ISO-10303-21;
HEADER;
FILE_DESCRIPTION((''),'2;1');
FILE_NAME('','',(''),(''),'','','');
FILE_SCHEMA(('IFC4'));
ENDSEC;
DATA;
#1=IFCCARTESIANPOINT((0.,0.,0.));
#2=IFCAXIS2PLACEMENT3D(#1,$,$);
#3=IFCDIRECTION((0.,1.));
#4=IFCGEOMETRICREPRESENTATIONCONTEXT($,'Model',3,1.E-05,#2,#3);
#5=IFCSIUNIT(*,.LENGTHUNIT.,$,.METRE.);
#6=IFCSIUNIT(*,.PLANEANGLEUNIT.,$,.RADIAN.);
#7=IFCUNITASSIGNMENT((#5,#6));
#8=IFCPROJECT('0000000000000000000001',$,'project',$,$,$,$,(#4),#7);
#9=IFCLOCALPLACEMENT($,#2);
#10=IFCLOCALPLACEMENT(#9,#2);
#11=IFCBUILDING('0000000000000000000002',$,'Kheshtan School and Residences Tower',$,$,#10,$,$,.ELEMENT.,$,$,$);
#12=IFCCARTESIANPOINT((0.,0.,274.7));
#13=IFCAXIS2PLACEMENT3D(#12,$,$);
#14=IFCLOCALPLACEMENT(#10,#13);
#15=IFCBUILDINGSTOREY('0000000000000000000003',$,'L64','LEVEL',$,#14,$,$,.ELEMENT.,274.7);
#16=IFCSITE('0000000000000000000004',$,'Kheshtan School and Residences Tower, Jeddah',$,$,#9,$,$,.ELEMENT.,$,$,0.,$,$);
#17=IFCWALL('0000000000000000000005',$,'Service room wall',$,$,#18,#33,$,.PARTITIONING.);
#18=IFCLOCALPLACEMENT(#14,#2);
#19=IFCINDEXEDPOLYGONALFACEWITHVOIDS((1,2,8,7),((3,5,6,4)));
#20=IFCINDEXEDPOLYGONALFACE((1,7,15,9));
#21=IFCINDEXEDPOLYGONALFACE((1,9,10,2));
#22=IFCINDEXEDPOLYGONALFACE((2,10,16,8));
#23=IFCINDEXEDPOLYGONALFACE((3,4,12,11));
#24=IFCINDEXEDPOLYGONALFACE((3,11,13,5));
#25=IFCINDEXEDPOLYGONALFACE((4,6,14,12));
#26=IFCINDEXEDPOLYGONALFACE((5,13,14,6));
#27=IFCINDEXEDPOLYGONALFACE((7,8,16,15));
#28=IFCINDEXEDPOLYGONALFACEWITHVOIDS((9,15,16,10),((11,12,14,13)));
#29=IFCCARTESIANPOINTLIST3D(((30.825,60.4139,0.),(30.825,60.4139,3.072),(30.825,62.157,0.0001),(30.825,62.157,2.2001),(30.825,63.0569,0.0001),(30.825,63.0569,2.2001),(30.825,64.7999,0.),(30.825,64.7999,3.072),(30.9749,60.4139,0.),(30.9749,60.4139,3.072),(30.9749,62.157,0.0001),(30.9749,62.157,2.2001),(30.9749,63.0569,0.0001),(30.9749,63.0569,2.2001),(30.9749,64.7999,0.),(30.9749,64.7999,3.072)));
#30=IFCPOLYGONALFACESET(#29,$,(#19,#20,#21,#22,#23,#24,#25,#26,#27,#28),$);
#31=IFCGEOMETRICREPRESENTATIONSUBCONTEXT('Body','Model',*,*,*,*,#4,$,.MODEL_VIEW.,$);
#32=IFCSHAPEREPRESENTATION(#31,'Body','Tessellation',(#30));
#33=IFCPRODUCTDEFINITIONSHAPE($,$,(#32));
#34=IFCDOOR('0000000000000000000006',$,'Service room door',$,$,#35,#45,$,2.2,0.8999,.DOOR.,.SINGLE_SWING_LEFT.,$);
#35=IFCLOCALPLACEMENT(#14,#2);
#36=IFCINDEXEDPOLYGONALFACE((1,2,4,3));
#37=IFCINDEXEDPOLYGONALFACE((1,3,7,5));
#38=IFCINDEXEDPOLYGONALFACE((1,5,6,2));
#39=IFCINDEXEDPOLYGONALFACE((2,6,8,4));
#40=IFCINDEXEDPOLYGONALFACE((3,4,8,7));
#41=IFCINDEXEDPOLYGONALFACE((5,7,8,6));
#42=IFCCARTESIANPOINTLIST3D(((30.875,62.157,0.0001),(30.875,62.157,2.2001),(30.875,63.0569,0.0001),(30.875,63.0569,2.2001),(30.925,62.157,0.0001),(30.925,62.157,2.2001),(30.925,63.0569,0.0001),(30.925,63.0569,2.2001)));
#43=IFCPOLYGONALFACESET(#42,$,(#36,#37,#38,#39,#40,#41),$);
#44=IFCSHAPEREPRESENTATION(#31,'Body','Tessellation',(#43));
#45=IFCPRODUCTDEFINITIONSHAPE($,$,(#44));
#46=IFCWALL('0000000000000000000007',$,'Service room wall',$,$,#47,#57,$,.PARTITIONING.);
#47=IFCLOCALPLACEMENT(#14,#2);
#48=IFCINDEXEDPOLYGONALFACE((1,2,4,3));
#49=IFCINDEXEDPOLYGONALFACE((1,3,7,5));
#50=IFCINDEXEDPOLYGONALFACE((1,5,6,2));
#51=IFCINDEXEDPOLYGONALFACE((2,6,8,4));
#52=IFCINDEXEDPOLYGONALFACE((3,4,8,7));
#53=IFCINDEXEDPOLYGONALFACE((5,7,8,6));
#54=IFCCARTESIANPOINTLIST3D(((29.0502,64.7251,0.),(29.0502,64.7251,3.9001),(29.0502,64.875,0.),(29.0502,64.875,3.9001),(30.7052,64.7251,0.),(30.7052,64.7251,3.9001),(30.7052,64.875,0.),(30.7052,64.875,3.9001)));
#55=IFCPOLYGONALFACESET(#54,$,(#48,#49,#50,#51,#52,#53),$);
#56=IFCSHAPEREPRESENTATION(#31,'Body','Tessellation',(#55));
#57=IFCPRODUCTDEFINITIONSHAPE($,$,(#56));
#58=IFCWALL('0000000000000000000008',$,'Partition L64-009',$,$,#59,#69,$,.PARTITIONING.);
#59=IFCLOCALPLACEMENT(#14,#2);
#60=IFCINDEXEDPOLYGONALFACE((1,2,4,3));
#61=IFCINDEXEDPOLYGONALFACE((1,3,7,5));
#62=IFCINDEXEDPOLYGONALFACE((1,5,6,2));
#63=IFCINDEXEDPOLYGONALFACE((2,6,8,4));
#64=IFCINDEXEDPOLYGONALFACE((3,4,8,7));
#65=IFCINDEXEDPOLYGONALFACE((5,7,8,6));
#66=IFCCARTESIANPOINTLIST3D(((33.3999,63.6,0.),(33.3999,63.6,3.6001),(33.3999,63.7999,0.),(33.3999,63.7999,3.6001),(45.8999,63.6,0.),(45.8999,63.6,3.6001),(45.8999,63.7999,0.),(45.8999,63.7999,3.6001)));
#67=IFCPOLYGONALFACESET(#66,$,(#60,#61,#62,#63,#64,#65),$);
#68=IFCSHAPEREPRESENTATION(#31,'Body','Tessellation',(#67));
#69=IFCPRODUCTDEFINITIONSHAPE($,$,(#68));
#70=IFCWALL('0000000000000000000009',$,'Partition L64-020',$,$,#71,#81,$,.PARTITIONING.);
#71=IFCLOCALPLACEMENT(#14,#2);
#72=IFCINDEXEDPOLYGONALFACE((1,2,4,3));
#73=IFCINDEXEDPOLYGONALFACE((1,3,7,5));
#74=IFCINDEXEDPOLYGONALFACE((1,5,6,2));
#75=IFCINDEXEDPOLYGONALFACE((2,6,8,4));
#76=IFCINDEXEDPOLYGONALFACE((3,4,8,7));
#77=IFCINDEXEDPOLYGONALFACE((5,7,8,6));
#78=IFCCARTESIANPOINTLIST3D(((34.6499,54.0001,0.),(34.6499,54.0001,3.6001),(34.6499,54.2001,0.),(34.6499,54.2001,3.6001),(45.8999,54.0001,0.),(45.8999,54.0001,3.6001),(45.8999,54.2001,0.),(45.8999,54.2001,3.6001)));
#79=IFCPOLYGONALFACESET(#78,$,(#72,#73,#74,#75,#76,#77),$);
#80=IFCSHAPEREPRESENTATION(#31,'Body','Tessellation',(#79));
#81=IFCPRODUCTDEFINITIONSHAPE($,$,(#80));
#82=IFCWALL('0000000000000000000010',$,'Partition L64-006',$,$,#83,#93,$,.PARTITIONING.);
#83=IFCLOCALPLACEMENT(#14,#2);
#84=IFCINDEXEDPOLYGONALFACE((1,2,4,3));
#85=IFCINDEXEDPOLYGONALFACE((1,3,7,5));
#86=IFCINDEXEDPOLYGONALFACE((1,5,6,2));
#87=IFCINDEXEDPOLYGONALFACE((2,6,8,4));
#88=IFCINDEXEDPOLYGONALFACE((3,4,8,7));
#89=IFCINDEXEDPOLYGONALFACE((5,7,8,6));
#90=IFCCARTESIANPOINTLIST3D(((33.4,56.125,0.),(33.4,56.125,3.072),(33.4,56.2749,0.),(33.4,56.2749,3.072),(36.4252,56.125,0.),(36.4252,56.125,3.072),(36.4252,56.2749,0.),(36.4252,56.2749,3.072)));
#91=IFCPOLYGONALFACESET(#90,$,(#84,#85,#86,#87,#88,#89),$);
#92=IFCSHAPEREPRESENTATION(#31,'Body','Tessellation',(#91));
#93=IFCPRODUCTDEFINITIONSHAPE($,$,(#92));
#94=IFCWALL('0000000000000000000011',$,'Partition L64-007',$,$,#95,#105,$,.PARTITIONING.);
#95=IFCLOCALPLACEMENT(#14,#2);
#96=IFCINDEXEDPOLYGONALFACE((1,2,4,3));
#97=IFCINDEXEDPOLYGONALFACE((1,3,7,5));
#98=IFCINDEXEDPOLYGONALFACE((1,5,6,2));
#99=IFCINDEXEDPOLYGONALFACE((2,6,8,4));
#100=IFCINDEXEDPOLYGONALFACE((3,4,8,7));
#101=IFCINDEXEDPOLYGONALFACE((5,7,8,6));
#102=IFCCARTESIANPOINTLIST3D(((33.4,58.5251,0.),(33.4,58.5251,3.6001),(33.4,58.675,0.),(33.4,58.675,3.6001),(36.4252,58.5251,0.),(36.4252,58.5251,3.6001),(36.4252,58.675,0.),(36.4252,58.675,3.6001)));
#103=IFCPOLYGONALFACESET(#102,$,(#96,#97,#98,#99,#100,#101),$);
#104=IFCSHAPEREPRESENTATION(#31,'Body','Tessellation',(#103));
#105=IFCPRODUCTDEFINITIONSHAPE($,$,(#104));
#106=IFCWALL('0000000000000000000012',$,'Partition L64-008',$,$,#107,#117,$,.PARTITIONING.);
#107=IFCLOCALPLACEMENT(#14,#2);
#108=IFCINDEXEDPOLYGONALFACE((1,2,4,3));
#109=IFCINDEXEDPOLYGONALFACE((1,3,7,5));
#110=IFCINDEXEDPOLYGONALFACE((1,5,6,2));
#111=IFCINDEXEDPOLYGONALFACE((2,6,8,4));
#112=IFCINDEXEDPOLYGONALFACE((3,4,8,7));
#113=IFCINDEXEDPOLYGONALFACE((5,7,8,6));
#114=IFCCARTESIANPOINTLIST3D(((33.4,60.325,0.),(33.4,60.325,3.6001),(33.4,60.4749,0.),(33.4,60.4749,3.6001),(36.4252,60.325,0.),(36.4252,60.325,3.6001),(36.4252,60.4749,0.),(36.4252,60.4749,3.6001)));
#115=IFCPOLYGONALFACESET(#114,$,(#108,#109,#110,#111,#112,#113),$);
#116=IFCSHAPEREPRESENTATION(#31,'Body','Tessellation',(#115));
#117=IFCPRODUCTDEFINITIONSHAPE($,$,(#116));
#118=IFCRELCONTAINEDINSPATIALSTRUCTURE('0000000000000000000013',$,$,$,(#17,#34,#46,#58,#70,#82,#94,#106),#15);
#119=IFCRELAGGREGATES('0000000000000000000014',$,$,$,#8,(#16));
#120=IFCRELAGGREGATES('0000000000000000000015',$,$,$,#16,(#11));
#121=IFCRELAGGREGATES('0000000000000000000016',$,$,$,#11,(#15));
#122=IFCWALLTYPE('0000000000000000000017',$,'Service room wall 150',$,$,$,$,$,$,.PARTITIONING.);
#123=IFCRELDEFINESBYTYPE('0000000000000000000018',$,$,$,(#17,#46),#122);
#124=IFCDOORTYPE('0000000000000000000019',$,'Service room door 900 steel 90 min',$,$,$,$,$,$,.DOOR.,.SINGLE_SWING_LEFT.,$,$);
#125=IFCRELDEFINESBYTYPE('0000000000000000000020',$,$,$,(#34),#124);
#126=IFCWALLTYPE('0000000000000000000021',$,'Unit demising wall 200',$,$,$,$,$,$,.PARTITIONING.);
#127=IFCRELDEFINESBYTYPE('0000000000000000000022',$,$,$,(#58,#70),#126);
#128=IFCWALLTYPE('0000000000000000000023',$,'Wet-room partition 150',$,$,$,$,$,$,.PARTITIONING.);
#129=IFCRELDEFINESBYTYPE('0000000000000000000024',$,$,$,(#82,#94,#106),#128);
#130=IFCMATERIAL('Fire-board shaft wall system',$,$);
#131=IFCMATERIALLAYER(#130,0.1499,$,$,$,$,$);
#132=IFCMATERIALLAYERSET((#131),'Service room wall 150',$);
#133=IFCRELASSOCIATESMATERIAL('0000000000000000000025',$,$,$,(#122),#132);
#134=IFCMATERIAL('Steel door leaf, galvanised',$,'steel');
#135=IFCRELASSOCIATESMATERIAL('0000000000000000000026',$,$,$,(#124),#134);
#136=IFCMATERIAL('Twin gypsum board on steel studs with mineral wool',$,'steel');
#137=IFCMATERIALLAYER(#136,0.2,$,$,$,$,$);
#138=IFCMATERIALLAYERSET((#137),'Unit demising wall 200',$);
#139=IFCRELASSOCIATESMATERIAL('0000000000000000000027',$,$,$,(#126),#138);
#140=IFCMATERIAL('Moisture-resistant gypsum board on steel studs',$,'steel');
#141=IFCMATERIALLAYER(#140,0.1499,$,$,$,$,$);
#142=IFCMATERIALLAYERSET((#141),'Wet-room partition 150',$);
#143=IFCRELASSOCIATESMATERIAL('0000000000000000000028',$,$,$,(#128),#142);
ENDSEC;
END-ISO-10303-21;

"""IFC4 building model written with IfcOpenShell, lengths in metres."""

from ifc_helpers import new_model, si_unit, direction, frame, frame_2d, origin, place, context, subcontext, project, spatial, rectangle, extrude, source, transform, mapped, material, layer, layer_set, type_object, element, fill, save


model = new_model("IFC4")

# Units and contexts
model_context = context("Model", 3, precision=1e-05, world=origin(), true_north=direction((0.0, 1.0)))
body_context = subcontext(model_context, "Body", "Model", "MODEL_VIEW")
ifc_project = project(units=[si_unit("LENGTHUNIT", "METRE"), si_unit("PLANEANGLEUNIT", "RADIAN")], contexts=[model_context])

# Site, building, storey
site_placement = place(None, origin())
site = spatial("IfcSite", under=ifc_project, at=site_placement, Name="Kheshtan School and Residences Tower, Jeddah", CompositionType="ELEMENT", RefElevation=0.0)
building_placement = place(site_placement, origin())
building = spatial("IfcBuilding", under=site, at=building_placement, Name="Kheshtan School and Residences Tower", CompositionType="ELEMENT")
storey_placement = place(building_placement, frame((0.0, 0.0, 274.7)))
storey = spatial("IfcBuildingStorey", under=building, at=storey_placement, Name="L64", Description="LEVEL", CompositionType="ELEMENT", Elevation=274.7)

# Shared definitions
ifc_material_1 = material(Name="Fire-board shaft wall system")
ifc_layer_1 = layer(ifc_material_1, 0.1499)
ifc_layer_set_1 = layer_set([ifc_layer_1], Name="Service room wall 150")
wall_type_1 = type_object("IfcWallType", Name="Service room wall 150", PredefinedType="PARTITIONING", material=ifc_layer_set_1)

# Shared definitions
ifc_material_2 = material(Name="Steel door leaf, galvanised", Category="steel")
door_type_1 = type_object("IfcDoorType", Name="Service room door 900 steel 90 min", OperationType="SINGLE_SWING_LEFT", PredefinedType="DOOR", material=ifc_material_2)
shared_shape_1 = source(origin(), body_context, "Body", "SweptSolid", [
    extrude(rectangle(XDim=0.8999, YDim=2.2, at=frame_2d((0.45, 1.1001))), frame((0.0, 0.0249, 0.0), z_axis=(0.0, -1.0, 0.0), x_axis=(1.0, 0.0, 0.0)), (0.0, 0.0, 1.0), 0.05),
])

# Wall, opening, door
wall_1_placement = place(storey_placement, frame((30.8999, 60.4141, 0.0), z_axis=(0.0, 0.0, 1.0), x_axis=(0.0, 1.0, 0.0)))
wall_1 = element("IfcWall", 1, at=wall_1_placement, inside=storey, type_object=wall_type_1, Name="Service room wall", PredefinedType="PARTITIONING", context=body_context, shape_type="SweptSolid", body=[
    extrude(rectangle(XDim=4.386, YDim=0.1499, at=frame_2d((2.1929, 0.0))), origin(), (0.0, 0.0, 1.0), 3.072),
])
opening_1_placement = place(wall_1_placement, frame((1.7429, 0.0, 0.0)))
opening_1 = element("IfcOpeningElement", 2, at=opening_1_placement, cuts=wall_1, PredefinedType="OPENING", context=body_context, shape_type="SweptSolid", body=[
    extrude(rectangle(XDim=0.8999, YDim=2.2, at=frame_2d((0.45, 1.1001))), frame((0.0, 0.085, 0.0), z_axis=(0.0, -1.0, 0.0), x_axis=(1.0, 0.0, 0.0)), (0.0, 0.0, 1.0), 0.1699),
])
door_1_placement = place(opening_1_placement, origin())
door_1 = element("IfcDoor", 3, at=door_1_placement, inside=storey, type_object=door_type_1, Name="Service room door", OperationType="SINGLE_SWING_LEFT", OverallHeight=2.2, OverallWidth=0.8999, PredefinedType="DOOR", context=body_context, shape_type="MappedRepresentation", body=[
    mapped(shared_shape_1, transform((0.0, 0.0, 0.0), x_axis=(1.0, 0.0, 0.0), y_axis=(0.0, 1.0, 0.0), z_axis=(0.0, 0.0, 1.0), scale=1.0)),
])
fill(opening_1, door_1)

# Walls
wall_2_placement = place(storey_placement, frame((29.05, 64.8, 0.0), z_axis=(0.0, 0.0, 1.0), x_axis=(1.0, 0.0, 0.0)))
element("IfcWall", 4, at=wall_2_placement, inside=storey, type_object=wall_type_1, Name="Service room wall", PredefinedType="PARTITIONING", context=body_context, shape_type="SweptSolid", body=[
    extrude(rectangle(XDim=1.655, YDim=0.1499, at=frame_2d((0.8276, 0.0))), origin(), (0.0, 0.0, 1.0), 3.9001),
])
ifc_material_3 = material(Name="Twin gypsum board on steel studs with mineral wool", Category="steel")
ifc_layer_2 = layer(ifc_material_3, 0.2)
ifc_layer_set_2 = layer_set([ifc_layer_2], Name="Unit demising wall 200")
wall_type_2 = type_object("IfcWallType", Name="Unit demising wall 200", PredefinedType="PARTITIONING", material=ifc_layer_set_2)
wall_3_placement = place(storey_placement, frame((33.3999, 63.7, 0.0), z_axis=(0.0, 0.0, 1.0), x_axis=(1.0, 0.0, 0.0)))
element("IfcWall", 5, at=wall_3_placement, inside=storey, type_object=wall_type_2, Name="Partition L64-009", PredefinedType="PARTITIONING", context=body_context, shape_type="SweptSolid", body=[
    extrude(rectangle(XDim=12.5, YDim=0.2, at=frame_2d((6.25, 0.0))), origin(), (0.0, 0.0, 1.0), 3.6001),
])
wall_4_placement = place(storey_placement, frame((34.6499, 54.1001, 0.0), z_axis=(0.0, 0.0, 1.0), x_axis=(1.0, 0.0, 0.0)))
element("IfcWall", 6, at=wall_4_placement, inside=storey, type_object=wall_type_2, Name="Partition L64-020", PredefinedType="PARTITIONING", context=body_context, shape_type="SweptSolid", body=[
    extrude(rectangle(XDim=11.25, YDim=0.2, at=frame_2d((5.625, 0.0))), origin(), (0.0, 0.0, 1.0), 3.6001),
])
ifc_material_4 = material(Name="Moisture-resistant gypsum board on steel studs", Category="steel")
ifc_layer_3 = layer(ifc_material_4, 0.1499)
ifc_layer_set_3 = layer_set([ifc_layer_3], Name="Wet-room partition 150")
wall_type_3 = type_object("IfcWallType", Name="Wet-room partition 150", PredefinedType="PARTITIONING", material=ifc_layer_set_3)
wall_5_placement = place(storey_placement, frame((33.3999, 56.2, 0.0), z_axis=(0.0, 0.0, 1.0), x_axis=(1.0, 0.0, 0.0)))
element("IfcWall", 7, at=wall_5_placement, inside=storey, type_object=wall_type_3, Name="Partition L64-006", PredefinedType="PARTITIONING", context=body_context, shape_type="SweptSolid", body=[
    extrude(rectangle(XDim=3.0251, YDim=0.1499, at=frame_2d((1.5127, 0.0))), origin(), (0.0, 0.0, 1.0), 3.072),
])
for number, where, z_axis, x_axis, name in (
    (8, (33.3999, 58.6001, 0.0), (0.0, 0.0, 1.0), (1.0, 0.0, 0.0), "Partition L64-007"),
    (9, (33.3999, 60.3999, 0.0), (0.0, 0.0, 1.0), (1.0, 0.0, 0.0), "Partition L64-008"),
):
    element("IfcWall", number, at=place(storey_placement, frame(where, z_axis=z_axis, x_axis=x_axis)), inside=storey, type_object=wall_type_3, Name=name, PredefinedType="PARTITIONING", context=body_context, shape_type="SweptSolid", body=[
        extrude(rectangle(XDim=3.0251, YDim=0.1499, at=frame_2d((1.5127, 0.0))), origin(), (0.0, 0.0, 1.0), 3.6001),
    ])

save(model, "model.ifc")
